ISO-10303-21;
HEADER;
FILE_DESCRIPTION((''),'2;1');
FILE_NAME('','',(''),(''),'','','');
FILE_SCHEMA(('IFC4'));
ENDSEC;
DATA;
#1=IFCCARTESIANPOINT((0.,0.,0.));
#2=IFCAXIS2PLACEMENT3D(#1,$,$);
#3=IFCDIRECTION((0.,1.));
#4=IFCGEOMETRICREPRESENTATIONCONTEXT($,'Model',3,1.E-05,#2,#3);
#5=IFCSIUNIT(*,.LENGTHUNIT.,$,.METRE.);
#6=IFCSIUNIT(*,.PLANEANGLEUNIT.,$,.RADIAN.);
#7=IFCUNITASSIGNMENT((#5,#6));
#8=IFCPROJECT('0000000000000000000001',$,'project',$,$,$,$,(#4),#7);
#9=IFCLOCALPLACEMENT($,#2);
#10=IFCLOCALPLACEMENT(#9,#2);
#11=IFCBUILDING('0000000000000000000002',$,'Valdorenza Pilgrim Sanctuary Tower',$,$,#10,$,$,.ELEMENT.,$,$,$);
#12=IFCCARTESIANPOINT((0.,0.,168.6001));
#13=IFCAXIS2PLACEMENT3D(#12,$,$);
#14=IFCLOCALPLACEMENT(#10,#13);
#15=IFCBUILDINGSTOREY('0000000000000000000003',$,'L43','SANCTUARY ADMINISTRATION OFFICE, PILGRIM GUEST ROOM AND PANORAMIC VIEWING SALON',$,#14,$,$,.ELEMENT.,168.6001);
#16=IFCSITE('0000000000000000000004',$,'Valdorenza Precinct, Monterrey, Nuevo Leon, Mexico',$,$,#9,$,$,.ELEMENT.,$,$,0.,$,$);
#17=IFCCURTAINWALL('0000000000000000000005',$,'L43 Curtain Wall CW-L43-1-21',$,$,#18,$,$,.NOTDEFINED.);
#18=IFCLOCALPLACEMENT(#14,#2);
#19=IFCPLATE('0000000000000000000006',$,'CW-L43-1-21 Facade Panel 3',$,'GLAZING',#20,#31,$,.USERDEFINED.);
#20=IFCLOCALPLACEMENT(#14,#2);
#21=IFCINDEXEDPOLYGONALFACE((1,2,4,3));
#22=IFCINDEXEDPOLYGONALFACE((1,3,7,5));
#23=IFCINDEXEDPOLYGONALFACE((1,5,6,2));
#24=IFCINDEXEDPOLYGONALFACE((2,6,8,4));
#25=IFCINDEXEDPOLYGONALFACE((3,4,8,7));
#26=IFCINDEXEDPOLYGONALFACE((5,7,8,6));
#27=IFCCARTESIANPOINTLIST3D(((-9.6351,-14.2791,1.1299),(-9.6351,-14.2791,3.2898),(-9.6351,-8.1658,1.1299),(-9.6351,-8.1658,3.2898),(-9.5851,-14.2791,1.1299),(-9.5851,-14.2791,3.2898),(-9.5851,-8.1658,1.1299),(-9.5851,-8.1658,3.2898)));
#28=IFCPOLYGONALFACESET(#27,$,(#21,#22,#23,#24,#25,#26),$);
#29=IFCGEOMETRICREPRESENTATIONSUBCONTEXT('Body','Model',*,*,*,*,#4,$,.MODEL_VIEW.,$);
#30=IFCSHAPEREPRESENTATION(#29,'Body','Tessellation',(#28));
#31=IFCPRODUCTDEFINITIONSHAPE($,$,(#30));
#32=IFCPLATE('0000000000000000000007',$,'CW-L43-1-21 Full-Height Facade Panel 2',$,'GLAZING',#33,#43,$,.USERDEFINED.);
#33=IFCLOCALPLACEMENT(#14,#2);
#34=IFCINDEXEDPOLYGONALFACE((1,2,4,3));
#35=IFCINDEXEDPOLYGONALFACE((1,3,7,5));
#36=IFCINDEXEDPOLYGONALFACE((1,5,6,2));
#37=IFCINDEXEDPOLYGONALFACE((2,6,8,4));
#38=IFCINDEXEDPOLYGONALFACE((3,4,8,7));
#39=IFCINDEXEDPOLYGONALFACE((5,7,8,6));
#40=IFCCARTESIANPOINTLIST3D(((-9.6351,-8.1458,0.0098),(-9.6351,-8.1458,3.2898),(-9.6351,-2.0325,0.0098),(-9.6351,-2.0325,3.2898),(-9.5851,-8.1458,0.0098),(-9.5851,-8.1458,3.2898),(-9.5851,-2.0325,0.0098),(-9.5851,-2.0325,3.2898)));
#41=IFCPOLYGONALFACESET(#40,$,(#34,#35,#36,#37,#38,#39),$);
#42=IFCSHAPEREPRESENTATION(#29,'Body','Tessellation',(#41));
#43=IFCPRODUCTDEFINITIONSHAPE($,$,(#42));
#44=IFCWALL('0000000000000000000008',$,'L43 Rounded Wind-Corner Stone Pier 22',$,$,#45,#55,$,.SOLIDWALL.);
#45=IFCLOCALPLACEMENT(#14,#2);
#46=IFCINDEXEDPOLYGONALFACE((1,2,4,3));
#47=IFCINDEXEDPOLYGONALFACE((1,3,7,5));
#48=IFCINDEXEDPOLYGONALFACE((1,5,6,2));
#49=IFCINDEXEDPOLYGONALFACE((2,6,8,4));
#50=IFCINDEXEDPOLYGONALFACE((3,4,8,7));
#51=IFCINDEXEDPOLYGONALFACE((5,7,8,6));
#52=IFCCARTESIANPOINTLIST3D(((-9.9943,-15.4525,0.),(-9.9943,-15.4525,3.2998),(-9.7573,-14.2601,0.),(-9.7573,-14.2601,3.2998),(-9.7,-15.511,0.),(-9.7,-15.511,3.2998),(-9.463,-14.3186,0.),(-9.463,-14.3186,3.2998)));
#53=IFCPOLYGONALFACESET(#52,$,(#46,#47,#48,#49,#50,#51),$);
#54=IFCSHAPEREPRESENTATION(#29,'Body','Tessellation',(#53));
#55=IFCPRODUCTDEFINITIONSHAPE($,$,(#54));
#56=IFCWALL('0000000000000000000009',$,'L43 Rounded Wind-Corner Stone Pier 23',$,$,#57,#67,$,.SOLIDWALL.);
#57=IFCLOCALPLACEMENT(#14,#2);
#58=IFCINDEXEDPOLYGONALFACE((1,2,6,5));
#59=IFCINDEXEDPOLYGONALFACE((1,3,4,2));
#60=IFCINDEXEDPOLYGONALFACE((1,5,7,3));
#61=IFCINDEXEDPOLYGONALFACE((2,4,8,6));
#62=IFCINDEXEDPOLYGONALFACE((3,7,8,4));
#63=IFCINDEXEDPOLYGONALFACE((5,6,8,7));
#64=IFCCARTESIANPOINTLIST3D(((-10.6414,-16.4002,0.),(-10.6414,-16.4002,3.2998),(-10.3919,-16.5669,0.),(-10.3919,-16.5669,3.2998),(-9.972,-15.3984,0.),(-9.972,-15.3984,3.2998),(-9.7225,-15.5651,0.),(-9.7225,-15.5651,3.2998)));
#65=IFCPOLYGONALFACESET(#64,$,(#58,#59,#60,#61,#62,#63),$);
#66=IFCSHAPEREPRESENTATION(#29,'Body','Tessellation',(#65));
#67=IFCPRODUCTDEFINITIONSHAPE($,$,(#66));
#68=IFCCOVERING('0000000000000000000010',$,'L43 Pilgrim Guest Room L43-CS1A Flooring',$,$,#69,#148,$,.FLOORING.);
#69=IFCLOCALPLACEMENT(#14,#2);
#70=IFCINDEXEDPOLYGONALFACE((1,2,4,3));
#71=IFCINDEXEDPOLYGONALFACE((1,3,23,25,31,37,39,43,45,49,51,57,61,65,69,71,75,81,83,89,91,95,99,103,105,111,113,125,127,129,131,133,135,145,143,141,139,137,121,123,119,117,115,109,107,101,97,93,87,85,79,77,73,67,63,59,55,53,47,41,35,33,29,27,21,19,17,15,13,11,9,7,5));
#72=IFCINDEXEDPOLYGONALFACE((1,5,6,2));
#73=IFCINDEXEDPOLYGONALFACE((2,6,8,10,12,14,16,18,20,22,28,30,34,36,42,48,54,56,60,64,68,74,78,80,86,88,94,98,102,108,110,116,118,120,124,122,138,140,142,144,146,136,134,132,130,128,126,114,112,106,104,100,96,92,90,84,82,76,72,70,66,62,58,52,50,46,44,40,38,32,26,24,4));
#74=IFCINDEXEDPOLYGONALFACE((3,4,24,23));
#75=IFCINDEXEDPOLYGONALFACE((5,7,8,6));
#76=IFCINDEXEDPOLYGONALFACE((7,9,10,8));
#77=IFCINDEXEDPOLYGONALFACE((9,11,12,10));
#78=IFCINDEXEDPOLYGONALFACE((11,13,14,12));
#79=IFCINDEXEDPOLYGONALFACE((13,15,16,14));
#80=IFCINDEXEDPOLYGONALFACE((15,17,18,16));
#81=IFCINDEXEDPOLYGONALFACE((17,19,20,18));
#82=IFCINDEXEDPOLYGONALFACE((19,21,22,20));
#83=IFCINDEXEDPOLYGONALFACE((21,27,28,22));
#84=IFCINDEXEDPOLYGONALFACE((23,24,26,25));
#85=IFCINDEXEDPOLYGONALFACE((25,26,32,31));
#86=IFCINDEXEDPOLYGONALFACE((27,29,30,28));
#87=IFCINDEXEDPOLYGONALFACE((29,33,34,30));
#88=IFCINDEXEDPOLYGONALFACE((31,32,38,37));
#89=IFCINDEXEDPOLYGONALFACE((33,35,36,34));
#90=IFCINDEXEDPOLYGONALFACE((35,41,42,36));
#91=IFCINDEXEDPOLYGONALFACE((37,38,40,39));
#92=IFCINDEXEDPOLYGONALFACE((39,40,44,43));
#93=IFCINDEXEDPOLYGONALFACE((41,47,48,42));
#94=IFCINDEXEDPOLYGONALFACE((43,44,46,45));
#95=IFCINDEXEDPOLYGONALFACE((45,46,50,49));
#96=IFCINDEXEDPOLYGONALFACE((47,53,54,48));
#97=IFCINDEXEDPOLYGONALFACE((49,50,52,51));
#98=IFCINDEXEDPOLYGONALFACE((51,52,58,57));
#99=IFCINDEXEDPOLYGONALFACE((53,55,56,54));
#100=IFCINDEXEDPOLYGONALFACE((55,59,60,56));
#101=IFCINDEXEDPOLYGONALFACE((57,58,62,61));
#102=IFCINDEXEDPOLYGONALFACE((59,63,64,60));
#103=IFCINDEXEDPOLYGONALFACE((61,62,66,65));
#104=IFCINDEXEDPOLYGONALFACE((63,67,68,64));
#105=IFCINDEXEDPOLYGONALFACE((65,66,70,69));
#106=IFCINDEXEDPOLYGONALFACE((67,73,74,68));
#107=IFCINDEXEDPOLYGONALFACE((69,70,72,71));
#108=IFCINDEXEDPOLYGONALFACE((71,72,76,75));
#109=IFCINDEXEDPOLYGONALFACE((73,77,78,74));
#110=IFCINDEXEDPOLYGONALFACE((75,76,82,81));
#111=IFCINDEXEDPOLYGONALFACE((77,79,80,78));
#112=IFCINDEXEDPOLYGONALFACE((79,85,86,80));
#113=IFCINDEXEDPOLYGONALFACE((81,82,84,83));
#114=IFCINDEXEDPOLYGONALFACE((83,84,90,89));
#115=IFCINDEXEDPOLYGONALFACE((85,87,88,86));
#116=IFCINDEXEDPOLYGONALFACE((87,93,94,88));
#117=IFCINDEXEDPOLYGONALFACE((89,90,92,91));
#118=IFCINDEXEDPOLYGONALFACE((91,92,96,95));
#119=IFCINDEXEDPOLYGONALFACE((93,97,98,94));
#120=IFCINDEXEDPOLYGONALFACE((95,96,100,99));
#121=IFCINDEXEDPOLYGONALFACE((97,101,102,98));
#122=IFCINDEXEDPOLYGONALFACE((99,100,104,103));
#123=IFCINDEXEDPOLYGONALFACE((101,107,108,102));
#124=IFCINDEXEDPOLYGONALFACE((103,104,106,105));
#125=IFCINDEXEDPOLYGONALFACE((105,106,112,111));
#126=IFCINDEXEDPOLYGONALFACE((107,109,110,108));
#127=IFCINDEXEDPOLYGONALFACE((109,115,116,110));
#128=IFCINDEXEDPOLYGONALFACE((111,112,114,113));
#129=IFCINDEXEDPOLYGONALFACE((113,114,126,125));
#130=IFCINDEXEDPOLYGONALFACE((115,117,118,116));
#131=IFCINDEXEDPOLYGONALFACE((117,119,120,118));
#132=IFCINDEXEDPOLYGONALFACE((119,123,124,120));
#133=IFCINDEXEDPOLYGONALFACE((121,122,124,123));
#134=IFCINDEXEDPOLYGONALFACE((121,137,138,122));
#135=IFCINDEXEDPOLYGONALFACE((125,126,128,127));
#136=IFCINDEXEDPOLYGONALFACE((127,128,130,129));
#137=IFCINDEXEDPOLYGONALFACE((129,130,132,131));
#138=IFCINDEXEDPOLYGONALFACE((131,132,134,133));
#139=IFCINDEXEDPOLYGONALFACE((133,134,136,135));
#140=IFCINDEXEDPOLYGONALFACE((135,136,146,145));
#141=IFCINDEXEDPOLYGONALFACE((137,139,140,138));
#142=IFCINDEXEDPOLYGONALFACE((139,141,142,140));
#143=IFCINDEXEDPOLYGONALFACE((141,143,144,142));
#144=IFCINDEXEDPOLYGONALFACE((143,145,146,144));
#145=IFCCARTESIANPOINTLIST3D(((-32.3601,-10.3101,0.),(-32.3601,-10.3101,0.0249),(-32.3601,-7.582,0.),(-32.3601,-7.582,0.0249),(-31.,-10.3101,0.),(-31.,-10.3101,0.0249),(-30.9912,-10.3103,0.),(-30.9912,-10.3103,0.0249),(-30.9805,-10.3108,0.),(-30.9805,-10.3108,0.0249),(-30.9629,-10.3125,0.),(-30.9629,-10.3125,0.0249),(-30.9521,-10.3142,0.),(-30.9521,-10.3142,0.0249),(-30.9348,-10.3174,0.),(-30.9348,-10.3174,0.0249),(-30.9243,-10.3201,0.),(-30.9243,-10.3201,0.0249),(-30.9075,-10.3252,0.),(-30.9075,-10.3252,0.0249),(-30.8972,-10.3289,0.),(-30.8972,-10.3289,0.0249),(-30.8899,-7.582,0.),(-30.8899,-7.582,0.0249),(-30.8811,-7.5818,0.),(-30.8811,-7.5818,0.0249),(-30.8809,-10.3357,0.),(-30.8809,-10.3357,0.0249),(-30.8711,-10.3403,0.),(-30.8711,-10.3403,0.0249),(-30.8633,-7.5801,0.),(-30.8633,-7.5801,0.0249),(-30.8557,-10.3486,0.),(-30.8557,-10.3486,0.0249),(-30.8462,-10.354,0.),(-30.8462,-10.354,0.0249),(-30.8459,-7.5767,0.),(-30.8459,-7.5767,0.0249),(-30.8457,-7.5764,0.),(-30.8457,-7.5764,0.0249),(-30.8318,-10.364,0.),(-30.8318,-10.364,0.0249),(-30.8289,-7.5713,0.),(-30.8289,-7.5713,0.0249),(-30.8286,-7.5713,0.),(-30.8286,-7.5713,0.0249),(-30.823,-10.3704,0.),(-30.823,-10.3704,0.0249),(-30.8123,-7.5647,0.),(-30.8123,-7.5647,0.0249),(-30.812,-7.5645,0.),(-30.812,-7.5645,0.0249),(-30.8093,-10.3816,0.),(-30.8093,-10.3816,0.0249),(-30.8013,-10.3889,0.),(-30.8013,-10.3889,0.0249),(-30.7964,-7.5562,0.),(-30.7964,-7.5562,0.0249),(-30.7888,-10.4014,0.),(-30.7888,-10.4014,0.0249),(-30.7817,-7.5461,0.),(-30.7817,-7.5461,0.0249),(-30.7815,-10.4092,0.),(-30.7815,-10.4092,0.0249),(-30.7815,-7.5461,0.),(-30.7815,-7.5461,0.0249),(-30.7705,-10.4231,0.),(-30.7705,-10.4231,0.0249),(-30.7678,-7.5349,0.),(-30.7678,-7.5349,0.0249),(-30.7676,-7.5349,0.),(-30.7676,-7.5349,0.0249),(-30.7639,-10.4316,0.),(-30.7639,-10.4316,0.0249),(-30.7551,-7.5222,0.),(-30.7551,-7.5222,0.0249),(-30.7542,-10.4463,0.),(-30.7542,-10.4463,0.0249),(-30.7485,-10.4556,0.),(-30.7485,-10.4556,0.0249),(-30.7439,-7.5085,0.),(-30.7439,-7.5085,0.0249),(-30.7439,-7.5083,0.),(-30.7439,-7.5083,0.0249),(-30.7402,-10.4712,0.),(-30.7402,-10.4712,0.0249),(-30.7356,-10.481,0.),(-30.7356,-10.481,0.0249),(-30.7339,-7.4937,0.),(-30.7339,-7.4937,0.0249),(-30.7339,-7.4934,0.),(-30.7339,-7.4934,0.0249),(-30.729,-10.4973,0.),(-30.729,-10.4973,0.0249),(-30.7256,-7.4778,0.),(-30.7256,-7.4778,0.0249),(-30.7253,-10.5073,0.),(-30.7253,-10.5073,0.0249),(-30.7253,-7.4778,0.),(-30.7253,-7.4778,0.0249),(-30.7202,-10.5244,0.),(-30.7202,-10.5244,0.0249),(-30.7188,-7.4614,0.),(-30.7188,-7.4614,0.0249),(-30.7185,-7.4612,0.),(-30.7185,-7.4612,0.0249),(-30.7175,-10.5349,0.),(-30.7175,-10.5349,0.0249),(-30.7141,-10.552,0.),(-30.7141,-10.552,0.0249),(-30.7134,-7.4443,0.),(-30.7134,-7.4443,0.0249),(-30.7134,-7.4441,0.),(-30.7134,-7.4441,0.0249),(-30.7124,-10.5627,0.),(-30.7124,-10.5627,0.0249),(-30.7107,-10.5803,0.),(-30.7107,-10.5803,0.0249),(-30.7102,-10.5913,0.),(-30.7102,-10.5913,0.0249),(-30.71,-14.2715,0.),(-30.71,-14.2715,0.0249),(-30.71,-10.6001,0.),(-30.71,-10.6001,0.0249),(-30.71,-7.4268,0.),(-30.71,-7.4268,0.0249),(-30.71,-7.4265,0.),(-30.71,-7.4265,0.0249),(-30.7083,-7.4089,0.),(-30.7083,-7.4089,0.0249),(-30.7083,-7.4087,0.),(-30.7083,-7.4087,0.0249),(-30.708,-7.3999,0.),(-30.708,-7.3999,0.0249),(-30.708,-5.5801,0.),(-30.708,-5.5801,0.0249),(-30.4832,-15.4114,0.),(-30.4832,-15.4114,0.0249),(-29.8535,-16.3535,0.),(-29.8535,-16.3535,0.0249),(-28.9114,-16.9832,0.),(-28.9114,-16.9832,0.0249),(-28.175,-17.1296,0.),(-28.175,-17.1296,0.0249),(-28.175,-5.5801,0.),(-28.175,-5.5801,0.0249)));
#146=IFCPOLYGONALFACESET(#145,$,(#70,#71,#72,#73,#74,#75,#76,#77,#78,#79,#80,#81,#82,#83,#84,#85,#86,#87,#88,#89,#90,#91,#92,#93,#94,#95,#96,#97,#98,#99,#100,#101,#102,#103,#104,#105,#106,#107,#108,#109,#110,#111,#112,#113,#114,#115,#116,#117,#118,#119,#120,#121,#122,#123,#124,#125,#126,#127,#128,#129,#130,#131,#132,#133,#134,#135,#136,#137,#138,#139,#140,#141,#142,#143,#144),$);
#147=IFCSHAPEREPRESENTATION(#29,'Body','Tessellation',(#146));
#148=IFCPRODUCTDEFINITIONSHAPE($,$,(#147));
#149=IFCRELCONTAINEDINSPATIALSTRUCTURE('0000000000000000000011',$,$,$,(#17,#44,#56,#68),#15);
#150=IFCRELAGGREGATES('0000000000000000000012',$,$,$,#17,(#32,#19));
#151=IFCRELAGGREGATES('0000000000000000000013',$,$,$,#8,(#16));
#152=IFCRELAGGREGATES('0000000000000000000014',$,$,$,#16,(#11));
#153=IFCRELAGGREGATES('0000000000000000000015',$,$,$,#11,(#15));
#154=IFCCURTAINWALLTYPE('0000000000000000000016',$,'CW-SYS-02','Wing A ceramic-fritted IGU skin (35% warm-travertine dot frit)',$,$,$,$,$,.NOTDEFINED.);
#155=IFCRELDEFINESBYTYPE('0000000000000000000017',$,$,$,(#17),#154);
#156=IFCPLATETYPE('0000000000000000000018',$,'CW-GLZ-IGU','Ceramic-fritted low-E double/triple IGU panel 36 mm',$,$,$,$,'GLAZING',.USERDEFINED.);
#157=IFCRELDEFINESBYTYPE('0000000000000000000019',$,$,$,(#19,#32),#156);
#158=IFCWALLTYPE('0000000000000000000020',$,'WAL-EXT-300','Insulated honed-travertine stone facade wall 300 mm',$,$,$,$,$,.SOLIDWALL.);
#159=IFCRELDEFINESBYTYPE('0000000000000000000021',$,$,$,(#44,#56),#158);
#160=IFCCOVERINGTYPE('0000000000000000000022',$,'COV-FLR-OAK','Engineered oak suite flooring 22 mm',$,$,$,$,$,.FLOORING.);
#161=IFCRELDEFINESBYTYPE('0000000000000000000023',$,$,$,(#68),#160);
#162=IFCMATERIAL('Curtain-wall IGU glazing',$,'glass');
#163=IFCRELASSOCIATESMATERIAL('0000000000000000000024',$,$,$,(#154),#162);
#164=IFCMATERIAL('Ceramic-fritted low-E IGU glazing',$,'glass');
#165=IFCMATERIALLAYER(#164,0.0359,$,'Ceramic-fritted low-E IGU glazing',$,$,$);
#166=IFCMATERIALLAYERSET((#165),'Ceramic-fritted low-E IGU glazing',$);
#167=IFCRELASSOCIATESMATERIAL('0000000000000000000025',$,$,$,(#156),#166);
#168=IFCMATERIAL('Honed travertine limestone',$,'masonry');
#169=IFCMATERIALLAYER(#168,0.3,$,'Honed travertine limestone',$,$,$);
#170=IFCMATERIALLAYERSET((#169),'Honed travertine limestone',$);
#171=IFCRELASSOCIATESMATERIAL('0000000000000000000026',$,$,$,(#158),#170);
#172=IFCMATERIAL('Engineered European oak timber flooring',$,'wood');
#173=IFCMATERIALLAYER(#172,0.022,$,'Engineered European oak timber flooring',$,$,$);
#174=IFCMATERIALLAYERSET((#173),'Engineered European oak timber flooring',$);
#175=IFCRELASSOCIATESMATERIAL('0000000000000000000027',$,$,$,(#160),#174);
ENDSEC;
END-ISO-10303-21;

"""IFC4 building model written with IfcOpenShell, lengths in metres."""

from ifc_helpers import new_model, si_unit, direction, frame, frame_2d, origin, origin_2d, place, context, subcontext, project, spatial, polyline, rectangle, outline, extrude, source, transform, mapped, material, layer, layer_set, type_object, element, aggregate, save


model = new_model("IFC4")

# Units and contexts
model_context = context("Model", 3, precision=1e-05, world=origin(), true_north=direction((0.0, 1.0)))
body_context = subcontext(model_context, "Body", "Model", "MODEL_VIEW")
ifc_project = project(units=[si_unit("LENGTHUNIT", "METRE"), si_unit("PLANEANGLEUNIT", "RADIAN")], contexts=[model_context])

# Site, building, storey
site_placement = place(None, origin())
site = spatial("IfcSite", under=ifc_project, at=site_placement, Name="Valdorenza Precinct, Monterrey, Nuevo Leon, Mexico", CompositionType="ELEMENT", RefElevation=0.0)
building_placement = place(site_placement, origin())
building = spatial("IfcBuilding", under=site, at=building_placement, Name="Valdorenza Pilgrim Sanctuary Tower", CompositionType="ELEMENT")
storey_placement = place(building_placement, frame((0.0, 0.0, 168.6001)))
storey = spatial("IfcBuildingStorey", under=building, at=storey_placement, Name="L43", Description="SANCTUARY ADMINISTRATION OFFICE, PILGRIM GUEST ROOM AND PANORAMIC VIEWING SALON", CompositionType="ELEMENT", Elevation=168.6001)

# Curtain wall
ifc_material_1 = material(Name="Curtain-wall IGU glazing", Category="glass")
curtain_wall_type = type_object("IfcCurtainWallType", Name="CW-SYS-02", Description="Wing A ceramic-fritted IGU skin (35% warm-travertine dot frit)", PredefinedType="NOTDEFINED", material=ifc_material_1)
curtain_wall_placement = place(storey_placement, origin())
curtain_wall = element("IfcCurtainWall", 1, at=curtain_wall_placement, inside=storey, type_object=curtain_wall_type, Name="L43 Curtain Wall CW-L43-1-21", PredefinedType="NOTDEFINED")

# Plates
ifc_material_2 = material(Name="Honed travertine limestone", Category="masonry")
ifc_material_3 = material(Name="Ceramic-fritted low-E IGU glazing", Category="glass")
ifc_layer_1 = layer(ifc_material_3, 0.0359, Name="Ceramic-fritted low-E IGU glazing")
ifc_layer_set_1 = layer_set([ifc_layer_1], Name="Ceramic-fritted low-E IGU glazing")
plate_type_1 = type_object("IfcPlateType", Name="CW-GLZ-IGU", Description="Ceramic-fritted low-E double/triple IGU panel 36 mm", ElementType="GLAZING", PredefinedType="USERDEFINED", material=ifc_layer_set_1)
shared_shape_1 = source(origin(), body_context, "Body", "SweptSolid", [
    extrude(rectangle(XDim=6.1133, YDim=0.05, at=origin_2d()), origin(), (0.0, 0.0, 1.0), 2.1599),
])
plate_1_placement = place(storey_placement, frame((-9.6101, -11.2224, 1.1299), z_axis=(0.0, 0.0, 1.0), x_axis=(0.0, -1.0, 0.0)))
plate_1 = element("IfcPlate", 2, at=plate_1_placement, type_object=plate_type_1, Name="CW-L43-1-21 Facade Panel 3", ObjectType="GLAZING", PredefinedType="USERDEFINED", context=body_context, shape_type="MappedRepresentation", body=[
    mapped(shared_shape_1, transform((0.0, 0.0, 0.0), x_axis=(1.0, 0.0, 0.0), y_axis=(0.0, 1.0, 0.0), z_axis=(0.0, 0.0, 1.0), scale=1.0)),
])
shared_shape_2 = source(origin(), body_context, "Body", "SweptSolid", [
    extrude(rectangle(XDim=6.1133, YDim=0.05, at=origin_2d()), origin(), (0.0, 0.0, 1.0), 3.28),
])
plate_2_placement = place(storey_placement, frame((-9.6101, -5.0891, 0.0098), z_axis=(0.0, 0.0, 1.0), x_axis=(0.0, -1.0, 0.0)))
plate_2 = element("IfcPlate", 3, at=plate_2_placement, type_object=plate_type_1, Name="CW-L43-1-21 Full-Height Facade Panel 2", ObjectType="GLAZING", PredefinedType="USERDEFINED", context=body_context, shape_type="MappedRepresentation", body=[
    mapped(shared_shape_2, transform((0.0, 0.0, 0.0), x_axis=(1.0, 0.0, 0.0), y_axis=(0.0, 1.0, 0.0), z_axis=(0.0, 0.0, 1.0), scale=1.0)),
])
aggregate(curtain_wall, [plate_2, plate_1])

# Walls
ifc_layer_2 = layer(ifc_material_2, 0.3, Name="Honed travertine limestone")
ifc_layer_set_2 = layer_set([ifc_layer_2], Name="Honed travertine limestone")
wall_type = type_object("IfcWallType", Name="WAL-EXT-300", Description="Insulated honed-travertine stone facade wall 300 mm", PredefinedType="SOLIDWALL", material=ifc_layer_set_2)
wall_1_placement = place(storey_placement, frame((-9.6101, -14.2893, 0.0), z_axis=(0.0, 0.0, 1.0), x_axis=(-0.194996, -0.980804, 0.0)))
element("IfcWall", 4, at=wall_1_placement, inside=storey, type_object=wall_type, Name="L43 Rounded Wind-Corner Stone Pier 22", PredefinedType="SOLIDWALL", context=body_context, shape_type="SweptSolid", body=[
    extrude(rectangle(XDim=1.2158, YDim=0.3, at=frame_2d((0.6079, 0.0))), origin(), (0.0, 0.0, 1.0), 3.2998),
])
wall_2_placement = place(storey_placement, frame((-9.8472, -15.4817, 0.0), z_axis=(0.0, 0.0, 1.0), x_axis=(-0.555635, -0.831426, 0.0)))
element("IfcWall", 5, at=wall_2_placement, inside=storey, type_object=wall_type, Name="L43 Rounded Wind-Corner Stone Pier 23", PredefinedType="SOLIDWALL", context=body_context, shape_type="SweptSolid", body=[
    extrude(rectangle(XDim=1.2048, YDim=0.3, at=frame_2d((0.6025, 0.0))), origin(), (0.0, 0.0, 1.0), 3.2998),
])

# Covering
ifc_material_4 = material(Name="Engineered European oak timber flooring", Category="wood")
ifc_layer_3 = layer(ifc_material_4, 0.022, Name="Engineered European oak timber flooring")
ifc_layer_set_3 = layer_set([ifc_layer_3], Name="Engineered European oak timber flooring")
covering_type_1 = type_object("IfcCoveringType", Name="COV-FLR-OAK", Description="Engineered oak suite flooring 22 mm", PredefinedType="FLOORING", material=ifc_layer_set_3)
covering_1_placement = place(storey_placement, origin())
element("IfcCovering", 6, at=covering_1_placement, inside=storey, type_object=covering_type_1, Name="L43 Pilgrim Guest Room L43-CS1A Flooring", PredefinedType="FLOORING", context=body_context, shape_type="SweptSolid", body=[
    extrude(outline(polyline([(-28.9114, -16.9832), (-29.8535, -16.3535), (-30.4832, -15.4114), (-30.71, -14.2715), (-30.71, -10.6001), (-30.7102, -10.5913), (-30.7107, -10.5803), (-30.7124, -10.5627), (-30.7141, -10.552), (-30.7175, -10.5349), (-30.7202, -10.5244), (-30.7253, -10.5073), (-30.729, -10.4973), (-30.7356, -10.481), (-30.7402, -10.4712), (-30.7485, -10.4556), (-30.7542, -10.4463), (-30.7639, -10.4316), (-30.7705, -10.4231), (-30.7815, -10.4092), (-30.7888, -10.4014), (-30.8013, -10.3889), (-30.8093, -10.3816), (-30.823, -10.3704), (-30.8318, -10.364), (-30.8462, -10.354), (-30.8557, -10.3486), (-30.8711, -10.3403), (-30.8809, -10.3357), (-30.8972, -10.3289), (-30.9075, -10.3252), (-30.9243, -10.3201), (-30.9348, -10.3174), (-30.9521, -10.3142), (-30.9629, -10.3125), (-30.9805, -10.3108), (-30.9912, -10.3103), (-31.0, -10.3101), (-32.3601, -10.3101), (-32.3601, -7.582), (-30.8899, -7.582), (-30.8811, -7.5818), (-30.8811, -7.5818), (-30.8633, -7.5801), (-30.8633, -7.5801), (-30.8459, -7.5767), (-30.8457, -7.5764), (-30.8289, -7.5713), (-30.8286, -7.5713), (-30.8123, -7.5647), (-30.812, -7.5645), (-30.7964, -7.5562), (-30.7964, -7.5562), (-30.7817, -7.5461), (-30.7815, -7.5461), (-30.7678, -7.5349), (-30.7676, -7.5349), (-30.7551, -7.5222), (-30.7551, -7.5222), (-30.7439, -7.5085), (-30.7439, -7.5083), (-30.7339, -7.4937), (-30.7339, -7.4934), (-30.7256, -7.4778), (-30.7253, -7.4778), (-30.7188, -7.4614), (-30.7185, -7.4612), (-30.7134, -7.4443), (-30.7134, -7.4441), (-30.71, -7.4268), (-30.71, -7.4265), (-30.7083, -7.4089), (-30.7083, -7.4087), (-30.708, -7.3999), (-30.708, -5.5801), (-28.175, -5.5801), (-28.175, -17.1296), (-28.9114, -16.9832)])), origin(), (0.0, 0.0, 1.0), 0.0249),
])

save(model, "model.ifc")
